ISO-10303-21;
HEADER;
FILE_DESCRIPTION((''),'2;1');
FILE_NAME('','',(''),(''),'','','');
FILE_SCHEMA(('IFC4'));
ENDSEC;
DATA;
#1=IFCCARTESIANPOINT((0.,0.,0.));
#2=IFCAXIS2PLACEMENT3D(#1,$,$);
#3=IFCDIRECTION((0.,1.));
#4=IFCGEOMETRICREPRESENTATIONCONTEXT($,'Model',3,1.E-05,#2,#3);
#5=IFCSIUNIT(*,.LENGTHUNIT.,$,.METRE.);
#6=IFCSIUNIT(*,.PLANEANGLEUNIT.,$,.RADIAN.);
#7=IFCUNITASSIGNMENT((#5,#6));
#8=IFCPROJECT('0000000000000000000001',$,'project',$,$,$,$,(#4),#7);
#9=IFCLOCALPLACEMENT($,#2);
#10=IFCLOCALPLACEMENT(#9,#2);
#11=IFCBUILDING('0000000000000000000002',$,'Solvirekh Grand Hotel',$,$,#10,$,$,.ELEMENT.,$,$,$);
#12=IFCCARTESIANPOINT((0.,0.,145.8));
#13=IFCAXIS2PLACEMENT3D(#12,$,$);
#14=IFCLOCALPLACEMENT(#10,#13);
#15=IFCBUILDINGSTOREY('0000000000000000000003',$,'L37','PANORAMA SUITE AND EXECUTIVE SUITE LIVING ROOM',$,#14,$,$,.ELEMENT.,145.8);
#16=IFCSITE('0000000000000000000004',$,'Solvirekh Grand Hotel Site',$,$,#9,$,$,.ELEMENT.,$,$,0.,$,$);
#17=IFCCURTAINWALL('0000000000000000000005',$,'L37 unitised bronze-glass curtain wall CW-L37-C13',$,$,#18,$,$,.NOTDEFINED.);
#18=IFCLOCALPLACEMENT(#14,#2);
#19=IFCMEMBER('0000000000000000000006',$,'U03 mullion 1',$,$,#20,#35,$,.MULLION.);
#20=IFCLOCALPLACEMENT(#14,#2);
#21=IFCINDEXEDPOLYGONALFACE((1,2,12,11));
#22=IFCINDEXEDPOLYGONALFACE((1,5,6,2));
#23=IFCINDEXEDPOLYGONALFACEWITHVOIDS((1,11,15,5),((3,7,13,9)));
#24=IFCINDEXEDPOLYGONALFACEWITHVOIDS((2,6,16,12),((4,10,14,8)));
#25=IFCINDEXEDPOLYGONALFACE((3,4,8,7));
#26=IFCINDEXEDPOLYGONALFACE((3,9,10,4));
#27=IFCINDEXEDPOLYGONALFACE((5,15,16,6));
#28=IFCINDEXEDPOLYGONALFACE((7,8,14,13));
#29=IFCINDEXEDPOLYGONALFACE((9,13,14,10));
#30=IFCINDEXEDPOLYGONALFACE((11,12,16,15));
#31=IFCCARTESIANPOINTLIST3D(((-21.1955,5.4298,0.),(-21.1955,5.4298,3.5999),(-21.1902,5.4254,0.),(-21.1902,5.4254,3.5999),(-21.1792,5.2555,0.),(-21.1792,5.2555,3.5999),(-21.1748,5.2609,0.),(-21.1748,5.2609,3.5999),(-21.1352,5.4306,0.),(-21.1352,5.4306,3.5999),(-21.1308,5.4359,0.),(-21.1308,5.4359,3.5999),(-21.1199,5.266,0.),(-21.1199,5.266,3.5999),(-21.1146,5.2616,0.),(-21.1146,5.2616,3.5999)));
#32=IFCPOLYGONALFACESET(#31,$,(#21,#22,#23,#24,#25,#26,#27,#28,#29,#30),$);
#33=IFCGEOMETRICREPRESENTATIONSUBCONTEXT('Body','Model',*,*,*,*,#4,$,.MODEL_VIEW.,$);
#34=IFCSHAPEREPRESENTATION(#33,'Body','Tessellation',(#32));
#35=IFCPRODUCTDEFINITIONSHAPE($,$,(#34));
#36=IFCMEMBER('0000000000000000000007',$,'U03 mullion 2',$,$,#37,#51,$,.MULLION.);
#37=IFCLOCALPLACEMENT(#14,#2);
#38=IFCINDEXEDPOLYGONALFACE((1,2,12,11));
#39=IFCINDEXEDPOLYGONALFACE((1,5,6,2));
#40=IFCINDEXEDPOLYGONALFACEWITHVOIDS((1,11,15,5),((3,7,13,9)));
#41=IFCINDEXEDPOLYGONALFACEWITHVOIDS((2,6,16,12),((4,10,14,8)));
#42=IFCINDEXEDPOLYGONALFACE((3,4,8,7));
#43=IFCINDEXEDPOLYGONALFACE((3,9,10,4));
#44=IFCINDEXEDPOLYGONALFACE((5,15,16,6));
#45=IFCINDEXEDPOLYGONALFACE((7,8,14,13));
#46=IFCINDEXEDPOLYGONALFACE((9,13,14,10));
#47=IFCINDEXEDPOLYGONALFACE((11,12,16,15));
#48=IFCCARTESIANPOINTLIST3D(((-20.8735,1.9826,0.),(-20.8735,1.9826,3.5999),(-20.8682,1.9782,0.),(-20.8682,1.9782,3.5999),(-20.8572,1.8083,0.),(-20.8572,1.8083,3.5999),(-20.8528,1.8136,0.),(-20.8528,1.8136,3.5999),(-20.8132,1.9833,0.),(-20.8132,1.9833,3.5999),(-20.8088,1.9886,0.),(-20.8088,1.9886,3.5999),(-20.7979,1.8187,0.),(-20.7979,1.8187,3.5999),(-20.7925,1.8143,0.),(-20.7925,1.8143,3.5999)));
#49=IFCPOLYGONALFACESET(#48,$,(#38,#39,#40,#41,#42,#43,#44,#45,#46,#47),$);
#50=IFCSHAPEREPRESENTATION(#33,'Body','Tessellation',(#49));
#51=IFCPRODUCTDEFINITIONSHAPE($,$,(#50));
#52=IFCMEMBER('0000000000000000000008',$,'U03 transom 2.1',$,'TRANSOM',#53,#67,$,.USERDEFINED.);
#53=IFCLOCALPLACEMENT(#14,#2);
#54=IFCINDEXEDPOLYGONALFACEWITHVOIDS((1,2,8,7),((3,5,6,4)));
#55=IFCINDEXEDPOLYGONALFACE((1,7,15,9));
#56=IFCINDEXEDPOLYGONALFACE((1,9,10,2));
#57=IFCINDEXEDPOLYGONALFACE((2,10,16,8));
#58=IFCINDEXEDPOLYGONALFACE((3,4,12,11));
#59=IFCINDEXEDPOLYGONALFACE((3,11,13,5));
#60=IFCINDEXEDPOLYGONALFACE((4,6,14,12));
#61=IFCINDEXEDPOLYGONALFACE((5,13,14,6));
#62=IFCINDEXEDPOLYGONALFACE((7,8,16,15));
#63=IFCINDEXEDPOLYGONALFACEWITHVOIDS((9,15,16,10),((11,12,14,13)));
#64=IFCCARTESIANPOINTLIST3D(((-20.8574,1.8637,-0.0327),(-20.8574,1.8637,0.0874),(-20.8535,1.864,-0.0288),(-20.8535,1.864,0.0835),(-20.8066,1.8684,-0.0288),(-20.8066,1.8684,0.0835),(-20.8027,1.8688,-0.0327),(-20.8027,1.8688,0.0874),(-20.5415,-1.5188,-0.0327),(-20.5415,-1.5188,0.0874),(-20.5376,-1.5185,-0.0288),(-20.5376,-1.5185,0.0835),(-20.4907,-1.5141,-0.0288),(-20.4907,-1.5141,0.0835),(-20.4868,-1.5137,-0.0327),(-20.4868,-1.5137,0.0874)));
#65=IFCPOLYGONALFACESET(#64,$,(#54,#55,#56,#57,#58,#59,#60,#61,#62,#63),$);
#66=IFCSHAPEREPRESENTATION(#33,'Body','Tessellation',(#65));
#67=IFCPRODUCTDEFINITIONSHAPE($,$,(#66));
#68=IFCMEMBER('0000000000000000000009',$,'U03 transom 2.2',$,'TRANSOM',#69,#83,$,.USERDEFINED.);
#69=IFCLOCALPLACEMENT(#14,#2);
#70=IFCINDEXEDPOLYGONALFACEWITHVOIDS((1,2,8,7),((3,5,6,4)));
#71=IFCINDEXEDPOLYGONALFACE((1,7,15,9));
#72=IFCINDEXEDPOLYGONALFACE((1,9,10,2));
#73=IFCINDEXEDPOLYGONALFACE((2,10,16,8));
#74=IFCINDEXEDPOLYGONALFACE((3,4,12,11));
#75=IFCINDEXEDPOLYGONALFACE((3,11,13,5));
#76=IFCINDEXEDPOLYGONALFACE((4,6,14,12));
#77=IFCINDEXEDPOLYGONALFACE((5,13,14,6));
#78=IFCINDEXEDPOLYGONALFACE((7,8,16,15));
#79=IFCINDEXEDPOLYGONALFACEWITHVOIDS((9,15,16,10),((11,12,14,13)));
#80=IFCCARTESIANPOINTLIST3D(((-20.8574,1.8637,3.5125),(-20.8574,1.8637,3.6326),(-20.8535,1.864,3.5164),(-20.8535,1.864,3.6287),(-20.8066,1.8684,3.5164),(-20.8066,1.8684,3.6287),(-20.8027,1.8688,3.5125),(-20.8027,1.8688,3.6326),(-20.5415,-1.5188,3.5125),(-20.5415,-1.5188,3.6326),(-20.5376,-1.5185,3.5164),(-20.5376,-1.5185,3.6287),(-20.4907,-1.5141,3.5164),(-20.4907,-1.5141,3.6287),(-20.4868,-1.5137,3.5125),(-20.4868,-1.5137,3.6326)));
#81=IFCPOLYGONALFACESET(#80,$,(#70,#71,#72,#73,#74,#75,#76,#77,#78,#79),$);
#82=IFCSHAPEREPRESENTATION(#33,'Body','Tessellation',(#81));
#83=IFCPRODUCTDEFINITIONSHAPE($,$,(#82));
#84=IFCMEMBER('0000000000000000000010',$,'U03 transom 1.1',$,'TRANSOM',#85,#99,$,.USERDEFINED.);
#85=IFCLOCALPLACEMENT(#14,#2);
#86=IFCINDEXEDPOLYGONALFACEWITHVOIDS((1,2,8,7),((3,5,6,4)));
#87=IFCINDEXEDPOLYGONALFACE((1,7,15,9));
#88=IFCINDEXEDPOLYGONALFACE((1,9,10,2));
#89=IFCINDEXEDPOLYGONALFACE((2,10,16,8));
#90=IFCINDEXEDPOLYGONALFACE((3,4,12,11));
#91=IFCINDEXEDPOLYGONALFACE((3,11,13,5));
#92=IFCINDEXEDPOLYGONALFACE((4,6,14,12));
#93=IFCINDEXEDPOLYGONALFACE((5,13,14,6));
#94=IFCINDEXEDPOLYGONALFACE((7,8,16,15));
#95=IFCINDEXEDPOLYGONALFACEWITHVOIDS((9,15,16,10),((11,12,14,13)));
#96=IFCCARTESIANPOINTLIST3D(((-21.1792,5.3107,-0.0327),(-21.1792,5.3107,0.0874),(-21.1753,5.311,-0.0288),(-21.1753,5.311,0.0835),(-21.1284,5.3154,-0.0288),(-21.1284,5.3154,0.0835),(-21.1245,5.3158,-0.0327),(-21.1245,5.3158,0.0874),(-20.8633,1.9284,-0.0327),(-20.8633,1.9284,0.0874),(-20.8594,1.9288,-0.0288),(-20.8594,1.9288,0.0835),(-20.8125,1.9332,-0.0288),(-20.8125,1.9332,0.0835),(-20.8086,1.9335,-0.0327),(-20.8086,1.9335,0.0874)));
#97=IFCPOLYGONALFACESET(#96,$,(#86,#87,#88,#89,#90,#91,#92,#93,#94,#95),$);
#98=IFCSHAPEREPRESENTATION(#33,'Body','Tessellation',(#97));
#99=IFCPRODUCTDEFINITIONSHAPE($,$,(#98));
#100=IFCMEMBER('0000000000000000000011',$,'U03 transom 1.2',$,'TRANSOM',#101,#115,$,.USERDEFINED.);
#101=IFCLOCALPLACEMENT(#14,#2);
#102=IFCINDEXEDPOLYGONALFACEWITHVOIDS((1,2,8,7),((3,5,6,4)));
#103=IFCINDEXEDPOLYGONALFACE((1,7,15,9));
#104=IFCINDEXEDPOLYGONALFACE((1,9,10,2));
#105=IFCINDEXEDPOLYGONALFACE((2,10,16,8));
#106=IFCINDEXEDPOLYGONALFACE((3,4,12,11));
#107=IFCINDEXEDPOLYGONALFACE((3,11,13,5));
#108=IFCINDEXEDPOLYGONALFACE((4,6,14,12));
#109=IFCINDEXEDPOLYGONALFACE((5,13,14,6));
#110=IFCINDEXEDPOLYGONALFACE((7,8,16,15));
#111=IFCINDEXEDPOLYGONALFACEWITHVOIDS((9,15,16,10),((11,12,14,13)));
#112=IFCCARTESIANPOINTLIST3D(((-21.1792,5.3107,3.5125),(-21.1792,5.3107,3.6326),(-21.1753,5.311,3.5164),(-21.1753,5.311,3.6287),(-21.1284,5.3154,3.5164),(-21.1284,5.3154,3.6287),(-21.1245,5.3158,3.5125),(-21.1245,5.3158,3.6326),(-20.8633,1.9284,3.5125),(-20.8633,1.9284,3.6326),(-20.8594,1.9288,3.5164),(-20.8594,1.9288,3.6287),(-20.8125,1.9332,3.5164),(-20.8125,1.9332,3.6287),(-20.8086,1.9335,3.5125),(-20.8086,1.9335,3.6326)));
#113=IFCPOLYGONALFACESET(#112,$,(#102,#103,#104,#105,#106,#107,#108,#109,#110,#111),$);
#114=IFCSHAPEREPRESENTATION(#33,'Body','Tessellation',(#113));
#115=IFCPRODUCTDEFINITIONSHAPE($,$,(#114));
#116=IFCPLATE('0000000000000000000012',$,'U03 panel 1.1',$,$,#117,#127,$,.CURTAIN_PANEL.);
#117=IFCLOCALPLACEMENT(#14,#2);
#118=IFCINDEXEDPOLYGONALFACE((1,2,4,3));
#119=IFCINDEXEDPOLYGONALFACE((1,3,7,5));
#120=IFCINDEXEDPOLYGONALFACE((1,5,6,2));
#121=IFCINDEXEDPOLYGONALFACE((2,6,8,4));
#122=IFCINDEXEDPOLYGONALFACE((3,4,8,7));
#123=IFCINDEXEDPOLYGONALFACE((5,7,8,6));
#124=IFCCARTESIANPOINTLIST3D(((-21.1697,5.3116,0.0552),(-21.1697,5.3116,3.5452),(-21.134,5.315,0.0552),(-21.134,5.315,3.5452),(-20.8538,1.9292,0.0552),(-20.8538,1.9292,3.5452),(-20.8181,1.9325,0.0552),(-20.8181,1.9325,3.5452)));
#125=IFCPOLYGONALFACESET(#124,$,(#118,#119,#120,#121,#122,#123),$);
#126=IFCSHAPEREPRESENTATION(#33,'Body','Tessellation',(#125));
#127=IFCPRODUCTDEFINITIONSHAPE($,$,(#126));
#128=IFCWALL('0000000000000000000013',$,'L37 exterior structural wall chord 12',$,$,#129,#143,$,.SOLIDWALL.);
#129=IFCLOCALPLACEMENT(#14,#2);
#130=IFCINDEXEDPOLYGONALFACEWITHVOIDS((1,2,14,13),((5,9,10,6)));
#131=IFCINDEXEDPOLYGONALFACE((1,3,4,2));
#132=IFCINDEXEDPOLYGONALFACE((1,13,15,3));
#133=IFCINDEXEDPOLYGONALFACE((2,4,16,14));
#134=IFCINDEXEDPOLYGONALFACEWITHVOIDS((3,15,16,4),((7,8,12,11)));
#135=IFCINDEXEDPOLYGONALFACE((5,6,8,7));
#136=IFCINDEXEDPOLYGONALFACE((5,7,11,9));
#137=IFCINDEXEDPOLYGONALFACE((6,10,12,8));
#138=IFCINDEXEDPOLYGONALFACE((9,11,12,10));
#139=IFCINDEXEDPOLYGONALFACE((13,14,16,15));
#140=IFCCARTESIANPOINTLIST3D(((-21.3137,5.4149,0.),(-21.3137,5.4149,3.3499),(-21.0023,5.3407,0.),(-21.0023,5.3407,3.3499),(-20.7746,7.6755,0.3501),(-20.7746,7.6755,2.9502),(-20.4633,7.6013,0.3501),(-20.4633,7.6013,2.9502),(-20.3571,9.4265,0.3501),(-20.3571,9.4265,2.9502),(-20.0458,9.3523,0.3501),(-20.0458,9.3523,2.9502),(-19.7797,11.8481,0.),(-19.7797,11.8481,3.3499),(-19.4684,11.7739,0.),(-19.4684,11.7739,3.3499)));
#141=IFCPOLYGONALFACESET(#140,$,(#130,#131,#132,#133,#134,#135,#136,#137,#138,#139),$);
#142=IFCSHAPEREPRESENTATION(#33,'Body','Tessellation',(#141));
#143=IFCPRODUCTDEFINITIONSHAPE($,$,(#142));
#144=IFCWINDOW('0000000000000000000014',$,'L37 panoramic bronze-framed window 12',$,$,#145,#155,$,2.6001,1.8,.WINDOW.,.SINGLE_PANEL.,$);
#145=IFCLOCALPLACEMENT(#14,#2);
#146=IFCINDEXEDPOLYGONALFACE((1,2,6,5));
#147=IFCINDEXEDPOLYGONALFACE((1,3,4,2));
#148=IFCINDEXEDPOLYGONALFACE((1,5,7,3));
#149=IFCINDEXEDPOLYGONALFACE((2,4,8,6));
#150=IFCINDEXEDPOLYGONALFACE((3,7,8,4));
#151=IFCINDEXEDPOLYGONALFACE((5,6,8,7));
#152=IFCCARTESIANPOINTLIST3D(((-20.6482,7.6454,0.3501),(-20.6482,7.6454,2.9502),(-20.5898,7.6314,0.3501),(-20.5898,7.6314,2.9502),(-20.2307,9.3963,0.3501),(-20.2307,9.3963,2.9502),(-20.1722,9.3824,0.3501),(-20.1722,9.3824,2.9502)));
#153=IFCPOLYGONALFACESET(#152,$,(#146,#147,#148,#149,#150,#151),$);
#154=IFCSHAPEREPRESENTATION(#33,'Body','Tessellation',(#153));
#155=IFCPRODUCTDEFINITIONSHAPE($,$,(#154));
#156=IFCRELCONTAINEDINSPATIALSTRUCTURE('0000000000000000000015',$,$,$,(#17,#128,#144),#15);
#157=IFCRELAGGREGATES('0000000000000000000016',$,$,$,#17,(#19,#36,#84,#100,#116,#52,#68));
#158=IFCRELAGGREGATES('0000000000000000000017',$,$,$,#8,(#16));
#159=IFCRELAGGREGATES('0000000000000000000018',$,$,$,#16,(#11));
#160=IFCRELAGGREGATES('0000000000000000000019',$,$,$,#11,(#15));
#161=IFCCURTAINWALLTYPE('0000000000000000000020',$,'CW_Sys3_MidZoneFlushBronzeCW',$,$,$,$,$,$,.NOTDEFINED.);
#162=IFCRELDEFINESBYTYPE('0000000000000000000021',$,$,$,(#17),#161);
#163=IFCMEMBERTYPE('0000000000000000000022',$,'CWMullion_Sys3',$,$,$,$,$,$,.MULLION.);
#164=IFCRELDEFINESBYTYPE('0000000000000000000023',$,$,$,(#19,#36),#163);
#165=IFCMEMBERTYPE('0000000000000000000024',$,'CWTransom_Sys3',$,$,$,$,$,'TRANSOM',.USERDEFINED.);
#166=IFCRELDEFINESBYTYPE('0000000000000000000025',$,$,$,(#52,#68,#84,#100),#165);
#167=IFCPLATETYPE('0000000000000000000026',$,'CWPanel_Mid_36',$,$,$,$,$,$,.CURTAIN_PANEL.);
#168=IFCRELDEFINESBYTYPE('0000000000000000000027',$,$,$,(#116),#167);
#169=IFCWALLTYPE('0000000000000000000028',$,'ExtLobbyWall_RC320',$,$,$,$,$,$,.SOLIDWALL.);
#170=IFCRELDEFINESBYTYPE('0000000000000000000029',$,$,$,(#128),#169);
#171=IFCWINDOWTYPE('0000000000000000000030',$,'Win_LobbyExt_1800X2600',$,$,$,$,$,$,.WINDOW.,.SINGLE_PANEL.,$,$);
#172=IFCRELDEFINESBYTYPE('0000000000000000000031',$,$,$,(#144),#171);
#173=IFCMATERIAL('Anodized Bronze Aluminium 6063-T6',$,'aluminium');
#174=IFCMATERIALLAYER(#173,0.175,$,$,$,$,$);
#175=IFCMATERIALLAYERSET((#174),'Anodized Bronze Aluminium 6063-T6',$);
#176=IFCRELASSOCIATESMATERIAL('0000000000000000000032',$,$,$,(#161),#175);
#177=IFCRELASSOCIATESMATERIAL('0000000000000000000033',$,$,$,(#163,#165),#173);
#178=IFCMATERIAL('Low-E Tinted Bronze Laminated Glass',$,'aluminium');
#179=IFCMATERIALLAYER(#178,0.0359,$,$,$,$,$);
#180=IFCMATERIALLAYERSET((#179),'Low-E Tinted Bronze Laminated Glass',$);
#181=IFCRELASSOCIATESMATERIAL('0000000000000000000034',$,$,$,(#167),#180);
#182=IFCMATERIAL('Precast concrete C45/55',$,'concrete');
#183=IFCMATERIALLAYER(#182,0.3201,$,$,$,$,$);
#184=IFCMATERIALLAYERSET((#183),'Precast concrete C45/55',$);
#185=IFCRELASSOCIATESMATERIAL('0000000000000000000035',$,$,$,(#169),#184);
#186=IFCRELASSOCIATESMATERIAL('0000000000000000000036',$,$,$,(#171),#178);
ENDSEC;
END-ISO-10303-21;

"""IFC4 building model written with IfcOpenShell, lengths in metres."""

from ifc_helpers import new_model, si_unit, direction, frame, frame_2d, origin, origin_2d, place, context, subcontext, project, spatial, rectangle, hollow_rectangle, extrude, source, transform, mapped, material, layer, layer_set, material_profile, profile_set, type_object, element, fill, aggregate, save


model = new_model("IFC4")

# Units and contexts
model_context = context("Model", 3, precision=1e-05, world=origin(), true_north=direction((0.0, 1.0)))
body_context = subcontext(model_context, "Body", "Model", "MODEL_VIEW")
ifc_project = project(units=[si_unit("LENGTHUNIT", "METRE"), si_unit("PLANEANGLEUNIT", "RADIAN")], contexts=[model_context])

# Site, building, storey
site_placement = place(None, origin())
site = spatial("IfcSite", under=ifc_project, at=site_placement, Name="Solvirekh Grand Hotel Site", CompositionType="ELEMENT", RefElevation=0.0)
building_placement = place(site_placement, origin())
building = spatial("IfcBuilding", under=site, at=building_placement, Name="Solvirekh Grand Hotel", CompositionType="ELEMENT")
storey_placement = place(building_placement, frame((0.0, 0.0, 145.8)))
storey = spatial("IfcBuildingStorey", under=building, at=storey_placement, Name="L37", Description="PANORAMA SUITE AND EXECUTIVE SUITE LIVING ROOM", CompositionType="ELEMENT", Elevation=145.8)

# Curtain wall, members, plate
ifc_material_1 = material(Name="Anodized Bronze Aluminium 6063-T6", Category="aluminium")
ifc_layer_1 = layer(ifc_material_1, 0.175)
ifc_layer_set_1 = layer_set([ifc_layer_1], Name="Anodized Bronze Aluminium 6063-T6")
curtain_wall_type = type_object("IfcCurtainWallType", Name="CW_Sys3_MidZoneFlushBronzeCW", PredefinedType="NOTDEFINED", material=ifc_layer_set_1)
curtain_wall_placement = place(storey_placement, origin())
curtain_wall = element("IfcCurtainWall", 1, at=curtain_wall_placement, inside=storey, type_object=curtain_wall_type, Name="L37 unitised bronze-glass curtain wall CW-L37-C13", PredefinedType="NOTDEFINED")
ifc_material_profile_1 = material_profile(ifc_material_1, hollow_rectangle(XDim=0.0649, YDim=0.175, WallThickness=0.0049, at=origin_2d()), Name="ALU RHS 175X65X5")
ifc_profile_set_1 = profile_set([ifc_material_profile_1], Name="Anodized Bronze Aluminium 6063-T6")
member_type_1 = type_object("IfcMemberType", Name="CWMullion_Sys3", PredefinedType="MULLION", material=ifc_profile_set_1)
shared_shape_1 = source(origin(), body_context, "Body", "SweptSolid", [
    extrude(hollow_rectangle(XDim=0.0649, YDim=0.175, WallThickness=0.0049, at=origin_2d()), origin(), (0.0, 0.0, 1.0), 3.5999),
])
member_1_placement = place(storey_placement, frame((-21.155, 5.3457, 0.0), z_axis=(0.0, 0.0, 1.0), x_axis=(0.995666, 0.092999, 0.0)))
member_1 = element("IfcMember", 2, at=member_1_placement, type_object=member_type_1, Name="U03 mullion 1", PredefinedType="MULLION", context=body_context, shape_type="MappedRepresentation", body=[
    mapped(shared_shape_1, transform((0.0, 0.0, 0.0), x_axis=(1.0, 0.0, 0.0), y_axis=(0.0, 1.0, 0.0), z_axis=(0.0, 0.0, 1.0), scale=1.0)),
])
member_2_placement = place(storey_placement, frame((-20.833, 1.8984, 0.0), z_axis=(0.0, 0.0, 1.0), x_axis=(0.995666, 0.092999, 0.0)))
member_2 = element("IfcMember", 3, at=member_2_placement, type_object=member_type_1, Name="U03 mullion 2", PredefinedType="MULLION", context=body_context, shape_type="MappedRepresentation", body=[
    mapped(shared_shape_1, transform((0.0, 0.0, 0.0), x_axis=(1.0, 0.0, 0.0), y_axis=(0.0, 1.0, 0.0), z_axis=(0.0, 0.0, 1.0), scale=1.0)),
])
ifc_material_profile_2 = material_profile(ifc_material_1, hollow_rectangle(XDim=0.0549, YDim=0.1201, WallThickness=0.0039, at=origin_2d()), Name="ALU RHS 120X55X4")
ifc_profile_set_2 = profile_set([ifc_material_profile_2], Name="Anodized Bronze Aluminium 6063-T6")
member_type_2 = type_object("IfcMemberType", Name="CWTransom_Sys3", ElementType="TRANSOM", PredefinedType="USERDEFINED", material=ifc_profile_set_2)
shared_shape_2 = source(origin(), body_context, "Body", "SweptSolid", [
    extrude(hollow_rectangle(XDim=0.0549, YDim=0.1201, WallThickness=0.0039, at=origin_2d()), origin(), (0.0, 0.0, 1.0), 3.3972),
])
member_3_placement = place(storey_placement, frame((-20.8301, 1.8662, 0.0273), z_axis=(0.092991, -0.995667, 0.0), x_axis=(0.995667, 0.092991, 0.0)))
member_3 = element("IfcMember", 4, at=member_3_placement, type_object=member_type_2, Name="U03 transom 2.1", ObjectType="TRANSOM", PredefinedType="USERDEFINED", context=body_context, shape_type="MappedRepresentation", body=[
    mapped(shared_shape_2, transform((0.0, 0.0, 0.0), x_axis=(1.0, 0.0, 0.0), y_axis=(0.0, 1.0, 0.0), z_axis=(0.0, 0.0, 1.0), scale=1.0)),
])
member_4_placement = place(storey_placement, frame((-20.8301, 1.8662, 3.5725), z_axis=(0.092991, -0.995667, 0.0), x_axis=(0.995667, 0.092991, 0.0)))
member_4 = element("IfcMember", 5, at=member_4_placement, type_object=member_type_2, Name="U03 transom 2.2", ObjectType="TRANSOM", PredefinedType="USERDEFINED", context=body_context, shape_type="MappedRepresentation", body=[
    mapped(shared_shape_2, transform((0.0, 0.0, 0.0), x_axis=(1.0, 0.0, 0.0), y_axis=(0.0, 1.0, 0.0), z_axis=(0.0, 0.0, 1.0), scale=1.0)),
])
shared_shape_3 = source(origin(), body_context, "Body", "SweptSolid", [
    extrude(hollow_rectangle(XDim=0.0549, YDim=0.1201, WallThickness=0.0039, at=origin_2d()), origin(), (0.0, 0.0, 1.0), 3.397),
])
member_5_placement = place(storey_placement, frame((-21.1519, 5.3132, 0.0273), z_axis=(0.092998, -0.995666, 0.0), x_axis=(0.995666, 0.092998, 0.0)))
member_5 = element("IfcMember", 6, at=member_5_placement, type_object=member_type_2, Name="U03 transom 1.1", ObjectType="TRANSOM", PredefinedType="USERDEFINED", context=body_context, shape_type="MappedRepresentation", body=[
    mapped(shared_shape_3, transform((0.0, 0.0, 0.0), x_axis=(1.0, 0.0, 0.0), y_axis=(0.0, 1.0, 0.0), z_axis=(0.0, 0.0, 1.0), scale=1.0)),
])
member_6_placement = place(storey_placement, frame((-21.1519, 5.3132, 3.5725), z_axis=(0.092998, -0.995666, 0.0), x_axis=(0.995666, 0.092998, 0.0)))
member_6 = element("IfcMember", 7, at=member_6_placement, type_object=member_type_2, Name="U03 transom 1.2", ObjectType="TRANSOM", PredefinedType="USERDEFINED", context=body_context, shape_type="MappedRepresentation", body=[
    mapped(shared_shape_3, transform((0.0, 0.0, 0.0), x_axis=(1.0, 0.0, 0.0), y_axis=(0.0, 1.0, 0.0), z_axis=(0.0, 0.0, 1.0), scale=1.0)),
])
ifc_material_2 = material(Name="Low-E Tinted Bronze Laminated Glass", Category="aluminium")
ifc_layer_2 = layer(ifc_material_2, 0.0359)
ifc_layer_set_2 = layer_set([ifc_layer_2], Name="Low-E Tinted Bronze Laminated Glass")
plate_type = type_object("IfcPlateType", Name="CWPanel_Mid_36", PredefinedType="CURTAIN_PANEL", material=ifc_layer_set_2)
shared_shape_4 = source(origin(), body_context, "Body", "SweptSolid", [
    extrude(rectangle(XDim=3.3972, YDim=0.0359, at=origin_2d()), origin(), (0.0, 0.0, 1.0), 3.49),
])
plate_placement = place(storey_placement, frame((-20.9939, 3.6221, 0.0552), z_axis=(0.0, 0.0, 1.0), x_axis=(0.092999, -0.995666, 0.0)))
plate = element("IfcPlate", 8, at=plate_placement, type_object=plate_type, Name="U03 panel 1.1", PredefinedType="CURTAIN_PANEL", context=body_context, shape_type="MappedRepresentation", body=[
    mapped(shared_shape_4, transform((0.0, 0.0, 0.0), x_axis=(1.0, 0.0, 0.0), y_axis=(0.0, 1.0, 0.0), z_axis=(0.0, 0.0, 1.0), scale=1.0)),
])
aggregate(curtain_wall, [member_1, member_2, member_5, member_6, plate, member_3, member_4])

# Wall, opening, window
ifc_material_3 = material(Name="Precast concrete C45/55", Category="concrete")
ifc_layer_3 = layer(ifc_material_3, 0.3201)
ifc_layer_set_3 = layer_set([ifc_layer_3], Name="Precast concrete C45/55")
wall_type_1 = type_object("IfcWallType", Name="ExtLobbyWall_RC320", PredefinedType="SOLIDWALL", material=ifc_layer_set_3)
wall_1_placement = place(storey_placement, frame((-21.158, 5.3779, 0.0), z_axis=(0.0, 0.0, 1.0), x_axis=(0.231942, 0.97273, 0.0)))
wall_1 = element("IfcWall", 9, at=wall_1_placement, inside=storey, type_object=wall_type_1, Name="L37 exterior structural wall chord 12", PredefinedType="SOLIDWALL", context=body_context, shape_type="SweptSolid", body=[
    extrude(rectangle(XDim=6.6135, YDim=0.3201, at=frame_2d((3.3066, 0.0))), origin(), (0.0, 0.0, 1.0), 3.3499),
])
opening_1_placement = place(wall_1_placement, frame((2.324, 0.0, 0.3501)))
opening_1 = element("IfcOpeningElement", 10, at=opening_1_placement, cuts=wall_1, PredefinedType="OPENING", context=body_context, shape_type="SweptSolid", body=[
    extrude(rectangle(XDim=1.8, YDim=2.6001, at=frame_2d((0.8999, 1.3))), frame((0.0, 0.1699, 0.0), z_axis=(0.0, -1.0, 0.0), x_axis=(1.0, 0.0, 0.0)), (0.0, 0.0, 1.0), 0.3401),
])
window_type = type_object("IfcWindowType", Name="Win_LobbyExt_1800X2600", PartitioningType="SINGLE_PANEL", PredefinedType="WINDOW", material=ifc_material_2)
window_placement = place(opening_1_placement, origin())
window = element("IfcWindow", 11, at=window_placement, inside=storey, type_object=window_type, Name="L37 panoramic bronze-framed window 12", OverallHeight=2.6001, OverallWidth=1.8, PartitioningType="SINGLE_PANEL", PredefinedType="WINDOW", context=body_context, shape_type="SweptSolid", body=[
    extrude(rectangle(XDim=1.8, YDim=2.6001, at=frame_2d((0.8999, 1.3))), frame((0.0, 0.03, 0.0), z_axis=(0.0, -1.0, 0.0), x_axis=(1.0, 0.0, 0.0)), (0.0, 0.0, 1.0), 0.0601),
])
fill(opening_1, window)

save(model, "model.ifc")
